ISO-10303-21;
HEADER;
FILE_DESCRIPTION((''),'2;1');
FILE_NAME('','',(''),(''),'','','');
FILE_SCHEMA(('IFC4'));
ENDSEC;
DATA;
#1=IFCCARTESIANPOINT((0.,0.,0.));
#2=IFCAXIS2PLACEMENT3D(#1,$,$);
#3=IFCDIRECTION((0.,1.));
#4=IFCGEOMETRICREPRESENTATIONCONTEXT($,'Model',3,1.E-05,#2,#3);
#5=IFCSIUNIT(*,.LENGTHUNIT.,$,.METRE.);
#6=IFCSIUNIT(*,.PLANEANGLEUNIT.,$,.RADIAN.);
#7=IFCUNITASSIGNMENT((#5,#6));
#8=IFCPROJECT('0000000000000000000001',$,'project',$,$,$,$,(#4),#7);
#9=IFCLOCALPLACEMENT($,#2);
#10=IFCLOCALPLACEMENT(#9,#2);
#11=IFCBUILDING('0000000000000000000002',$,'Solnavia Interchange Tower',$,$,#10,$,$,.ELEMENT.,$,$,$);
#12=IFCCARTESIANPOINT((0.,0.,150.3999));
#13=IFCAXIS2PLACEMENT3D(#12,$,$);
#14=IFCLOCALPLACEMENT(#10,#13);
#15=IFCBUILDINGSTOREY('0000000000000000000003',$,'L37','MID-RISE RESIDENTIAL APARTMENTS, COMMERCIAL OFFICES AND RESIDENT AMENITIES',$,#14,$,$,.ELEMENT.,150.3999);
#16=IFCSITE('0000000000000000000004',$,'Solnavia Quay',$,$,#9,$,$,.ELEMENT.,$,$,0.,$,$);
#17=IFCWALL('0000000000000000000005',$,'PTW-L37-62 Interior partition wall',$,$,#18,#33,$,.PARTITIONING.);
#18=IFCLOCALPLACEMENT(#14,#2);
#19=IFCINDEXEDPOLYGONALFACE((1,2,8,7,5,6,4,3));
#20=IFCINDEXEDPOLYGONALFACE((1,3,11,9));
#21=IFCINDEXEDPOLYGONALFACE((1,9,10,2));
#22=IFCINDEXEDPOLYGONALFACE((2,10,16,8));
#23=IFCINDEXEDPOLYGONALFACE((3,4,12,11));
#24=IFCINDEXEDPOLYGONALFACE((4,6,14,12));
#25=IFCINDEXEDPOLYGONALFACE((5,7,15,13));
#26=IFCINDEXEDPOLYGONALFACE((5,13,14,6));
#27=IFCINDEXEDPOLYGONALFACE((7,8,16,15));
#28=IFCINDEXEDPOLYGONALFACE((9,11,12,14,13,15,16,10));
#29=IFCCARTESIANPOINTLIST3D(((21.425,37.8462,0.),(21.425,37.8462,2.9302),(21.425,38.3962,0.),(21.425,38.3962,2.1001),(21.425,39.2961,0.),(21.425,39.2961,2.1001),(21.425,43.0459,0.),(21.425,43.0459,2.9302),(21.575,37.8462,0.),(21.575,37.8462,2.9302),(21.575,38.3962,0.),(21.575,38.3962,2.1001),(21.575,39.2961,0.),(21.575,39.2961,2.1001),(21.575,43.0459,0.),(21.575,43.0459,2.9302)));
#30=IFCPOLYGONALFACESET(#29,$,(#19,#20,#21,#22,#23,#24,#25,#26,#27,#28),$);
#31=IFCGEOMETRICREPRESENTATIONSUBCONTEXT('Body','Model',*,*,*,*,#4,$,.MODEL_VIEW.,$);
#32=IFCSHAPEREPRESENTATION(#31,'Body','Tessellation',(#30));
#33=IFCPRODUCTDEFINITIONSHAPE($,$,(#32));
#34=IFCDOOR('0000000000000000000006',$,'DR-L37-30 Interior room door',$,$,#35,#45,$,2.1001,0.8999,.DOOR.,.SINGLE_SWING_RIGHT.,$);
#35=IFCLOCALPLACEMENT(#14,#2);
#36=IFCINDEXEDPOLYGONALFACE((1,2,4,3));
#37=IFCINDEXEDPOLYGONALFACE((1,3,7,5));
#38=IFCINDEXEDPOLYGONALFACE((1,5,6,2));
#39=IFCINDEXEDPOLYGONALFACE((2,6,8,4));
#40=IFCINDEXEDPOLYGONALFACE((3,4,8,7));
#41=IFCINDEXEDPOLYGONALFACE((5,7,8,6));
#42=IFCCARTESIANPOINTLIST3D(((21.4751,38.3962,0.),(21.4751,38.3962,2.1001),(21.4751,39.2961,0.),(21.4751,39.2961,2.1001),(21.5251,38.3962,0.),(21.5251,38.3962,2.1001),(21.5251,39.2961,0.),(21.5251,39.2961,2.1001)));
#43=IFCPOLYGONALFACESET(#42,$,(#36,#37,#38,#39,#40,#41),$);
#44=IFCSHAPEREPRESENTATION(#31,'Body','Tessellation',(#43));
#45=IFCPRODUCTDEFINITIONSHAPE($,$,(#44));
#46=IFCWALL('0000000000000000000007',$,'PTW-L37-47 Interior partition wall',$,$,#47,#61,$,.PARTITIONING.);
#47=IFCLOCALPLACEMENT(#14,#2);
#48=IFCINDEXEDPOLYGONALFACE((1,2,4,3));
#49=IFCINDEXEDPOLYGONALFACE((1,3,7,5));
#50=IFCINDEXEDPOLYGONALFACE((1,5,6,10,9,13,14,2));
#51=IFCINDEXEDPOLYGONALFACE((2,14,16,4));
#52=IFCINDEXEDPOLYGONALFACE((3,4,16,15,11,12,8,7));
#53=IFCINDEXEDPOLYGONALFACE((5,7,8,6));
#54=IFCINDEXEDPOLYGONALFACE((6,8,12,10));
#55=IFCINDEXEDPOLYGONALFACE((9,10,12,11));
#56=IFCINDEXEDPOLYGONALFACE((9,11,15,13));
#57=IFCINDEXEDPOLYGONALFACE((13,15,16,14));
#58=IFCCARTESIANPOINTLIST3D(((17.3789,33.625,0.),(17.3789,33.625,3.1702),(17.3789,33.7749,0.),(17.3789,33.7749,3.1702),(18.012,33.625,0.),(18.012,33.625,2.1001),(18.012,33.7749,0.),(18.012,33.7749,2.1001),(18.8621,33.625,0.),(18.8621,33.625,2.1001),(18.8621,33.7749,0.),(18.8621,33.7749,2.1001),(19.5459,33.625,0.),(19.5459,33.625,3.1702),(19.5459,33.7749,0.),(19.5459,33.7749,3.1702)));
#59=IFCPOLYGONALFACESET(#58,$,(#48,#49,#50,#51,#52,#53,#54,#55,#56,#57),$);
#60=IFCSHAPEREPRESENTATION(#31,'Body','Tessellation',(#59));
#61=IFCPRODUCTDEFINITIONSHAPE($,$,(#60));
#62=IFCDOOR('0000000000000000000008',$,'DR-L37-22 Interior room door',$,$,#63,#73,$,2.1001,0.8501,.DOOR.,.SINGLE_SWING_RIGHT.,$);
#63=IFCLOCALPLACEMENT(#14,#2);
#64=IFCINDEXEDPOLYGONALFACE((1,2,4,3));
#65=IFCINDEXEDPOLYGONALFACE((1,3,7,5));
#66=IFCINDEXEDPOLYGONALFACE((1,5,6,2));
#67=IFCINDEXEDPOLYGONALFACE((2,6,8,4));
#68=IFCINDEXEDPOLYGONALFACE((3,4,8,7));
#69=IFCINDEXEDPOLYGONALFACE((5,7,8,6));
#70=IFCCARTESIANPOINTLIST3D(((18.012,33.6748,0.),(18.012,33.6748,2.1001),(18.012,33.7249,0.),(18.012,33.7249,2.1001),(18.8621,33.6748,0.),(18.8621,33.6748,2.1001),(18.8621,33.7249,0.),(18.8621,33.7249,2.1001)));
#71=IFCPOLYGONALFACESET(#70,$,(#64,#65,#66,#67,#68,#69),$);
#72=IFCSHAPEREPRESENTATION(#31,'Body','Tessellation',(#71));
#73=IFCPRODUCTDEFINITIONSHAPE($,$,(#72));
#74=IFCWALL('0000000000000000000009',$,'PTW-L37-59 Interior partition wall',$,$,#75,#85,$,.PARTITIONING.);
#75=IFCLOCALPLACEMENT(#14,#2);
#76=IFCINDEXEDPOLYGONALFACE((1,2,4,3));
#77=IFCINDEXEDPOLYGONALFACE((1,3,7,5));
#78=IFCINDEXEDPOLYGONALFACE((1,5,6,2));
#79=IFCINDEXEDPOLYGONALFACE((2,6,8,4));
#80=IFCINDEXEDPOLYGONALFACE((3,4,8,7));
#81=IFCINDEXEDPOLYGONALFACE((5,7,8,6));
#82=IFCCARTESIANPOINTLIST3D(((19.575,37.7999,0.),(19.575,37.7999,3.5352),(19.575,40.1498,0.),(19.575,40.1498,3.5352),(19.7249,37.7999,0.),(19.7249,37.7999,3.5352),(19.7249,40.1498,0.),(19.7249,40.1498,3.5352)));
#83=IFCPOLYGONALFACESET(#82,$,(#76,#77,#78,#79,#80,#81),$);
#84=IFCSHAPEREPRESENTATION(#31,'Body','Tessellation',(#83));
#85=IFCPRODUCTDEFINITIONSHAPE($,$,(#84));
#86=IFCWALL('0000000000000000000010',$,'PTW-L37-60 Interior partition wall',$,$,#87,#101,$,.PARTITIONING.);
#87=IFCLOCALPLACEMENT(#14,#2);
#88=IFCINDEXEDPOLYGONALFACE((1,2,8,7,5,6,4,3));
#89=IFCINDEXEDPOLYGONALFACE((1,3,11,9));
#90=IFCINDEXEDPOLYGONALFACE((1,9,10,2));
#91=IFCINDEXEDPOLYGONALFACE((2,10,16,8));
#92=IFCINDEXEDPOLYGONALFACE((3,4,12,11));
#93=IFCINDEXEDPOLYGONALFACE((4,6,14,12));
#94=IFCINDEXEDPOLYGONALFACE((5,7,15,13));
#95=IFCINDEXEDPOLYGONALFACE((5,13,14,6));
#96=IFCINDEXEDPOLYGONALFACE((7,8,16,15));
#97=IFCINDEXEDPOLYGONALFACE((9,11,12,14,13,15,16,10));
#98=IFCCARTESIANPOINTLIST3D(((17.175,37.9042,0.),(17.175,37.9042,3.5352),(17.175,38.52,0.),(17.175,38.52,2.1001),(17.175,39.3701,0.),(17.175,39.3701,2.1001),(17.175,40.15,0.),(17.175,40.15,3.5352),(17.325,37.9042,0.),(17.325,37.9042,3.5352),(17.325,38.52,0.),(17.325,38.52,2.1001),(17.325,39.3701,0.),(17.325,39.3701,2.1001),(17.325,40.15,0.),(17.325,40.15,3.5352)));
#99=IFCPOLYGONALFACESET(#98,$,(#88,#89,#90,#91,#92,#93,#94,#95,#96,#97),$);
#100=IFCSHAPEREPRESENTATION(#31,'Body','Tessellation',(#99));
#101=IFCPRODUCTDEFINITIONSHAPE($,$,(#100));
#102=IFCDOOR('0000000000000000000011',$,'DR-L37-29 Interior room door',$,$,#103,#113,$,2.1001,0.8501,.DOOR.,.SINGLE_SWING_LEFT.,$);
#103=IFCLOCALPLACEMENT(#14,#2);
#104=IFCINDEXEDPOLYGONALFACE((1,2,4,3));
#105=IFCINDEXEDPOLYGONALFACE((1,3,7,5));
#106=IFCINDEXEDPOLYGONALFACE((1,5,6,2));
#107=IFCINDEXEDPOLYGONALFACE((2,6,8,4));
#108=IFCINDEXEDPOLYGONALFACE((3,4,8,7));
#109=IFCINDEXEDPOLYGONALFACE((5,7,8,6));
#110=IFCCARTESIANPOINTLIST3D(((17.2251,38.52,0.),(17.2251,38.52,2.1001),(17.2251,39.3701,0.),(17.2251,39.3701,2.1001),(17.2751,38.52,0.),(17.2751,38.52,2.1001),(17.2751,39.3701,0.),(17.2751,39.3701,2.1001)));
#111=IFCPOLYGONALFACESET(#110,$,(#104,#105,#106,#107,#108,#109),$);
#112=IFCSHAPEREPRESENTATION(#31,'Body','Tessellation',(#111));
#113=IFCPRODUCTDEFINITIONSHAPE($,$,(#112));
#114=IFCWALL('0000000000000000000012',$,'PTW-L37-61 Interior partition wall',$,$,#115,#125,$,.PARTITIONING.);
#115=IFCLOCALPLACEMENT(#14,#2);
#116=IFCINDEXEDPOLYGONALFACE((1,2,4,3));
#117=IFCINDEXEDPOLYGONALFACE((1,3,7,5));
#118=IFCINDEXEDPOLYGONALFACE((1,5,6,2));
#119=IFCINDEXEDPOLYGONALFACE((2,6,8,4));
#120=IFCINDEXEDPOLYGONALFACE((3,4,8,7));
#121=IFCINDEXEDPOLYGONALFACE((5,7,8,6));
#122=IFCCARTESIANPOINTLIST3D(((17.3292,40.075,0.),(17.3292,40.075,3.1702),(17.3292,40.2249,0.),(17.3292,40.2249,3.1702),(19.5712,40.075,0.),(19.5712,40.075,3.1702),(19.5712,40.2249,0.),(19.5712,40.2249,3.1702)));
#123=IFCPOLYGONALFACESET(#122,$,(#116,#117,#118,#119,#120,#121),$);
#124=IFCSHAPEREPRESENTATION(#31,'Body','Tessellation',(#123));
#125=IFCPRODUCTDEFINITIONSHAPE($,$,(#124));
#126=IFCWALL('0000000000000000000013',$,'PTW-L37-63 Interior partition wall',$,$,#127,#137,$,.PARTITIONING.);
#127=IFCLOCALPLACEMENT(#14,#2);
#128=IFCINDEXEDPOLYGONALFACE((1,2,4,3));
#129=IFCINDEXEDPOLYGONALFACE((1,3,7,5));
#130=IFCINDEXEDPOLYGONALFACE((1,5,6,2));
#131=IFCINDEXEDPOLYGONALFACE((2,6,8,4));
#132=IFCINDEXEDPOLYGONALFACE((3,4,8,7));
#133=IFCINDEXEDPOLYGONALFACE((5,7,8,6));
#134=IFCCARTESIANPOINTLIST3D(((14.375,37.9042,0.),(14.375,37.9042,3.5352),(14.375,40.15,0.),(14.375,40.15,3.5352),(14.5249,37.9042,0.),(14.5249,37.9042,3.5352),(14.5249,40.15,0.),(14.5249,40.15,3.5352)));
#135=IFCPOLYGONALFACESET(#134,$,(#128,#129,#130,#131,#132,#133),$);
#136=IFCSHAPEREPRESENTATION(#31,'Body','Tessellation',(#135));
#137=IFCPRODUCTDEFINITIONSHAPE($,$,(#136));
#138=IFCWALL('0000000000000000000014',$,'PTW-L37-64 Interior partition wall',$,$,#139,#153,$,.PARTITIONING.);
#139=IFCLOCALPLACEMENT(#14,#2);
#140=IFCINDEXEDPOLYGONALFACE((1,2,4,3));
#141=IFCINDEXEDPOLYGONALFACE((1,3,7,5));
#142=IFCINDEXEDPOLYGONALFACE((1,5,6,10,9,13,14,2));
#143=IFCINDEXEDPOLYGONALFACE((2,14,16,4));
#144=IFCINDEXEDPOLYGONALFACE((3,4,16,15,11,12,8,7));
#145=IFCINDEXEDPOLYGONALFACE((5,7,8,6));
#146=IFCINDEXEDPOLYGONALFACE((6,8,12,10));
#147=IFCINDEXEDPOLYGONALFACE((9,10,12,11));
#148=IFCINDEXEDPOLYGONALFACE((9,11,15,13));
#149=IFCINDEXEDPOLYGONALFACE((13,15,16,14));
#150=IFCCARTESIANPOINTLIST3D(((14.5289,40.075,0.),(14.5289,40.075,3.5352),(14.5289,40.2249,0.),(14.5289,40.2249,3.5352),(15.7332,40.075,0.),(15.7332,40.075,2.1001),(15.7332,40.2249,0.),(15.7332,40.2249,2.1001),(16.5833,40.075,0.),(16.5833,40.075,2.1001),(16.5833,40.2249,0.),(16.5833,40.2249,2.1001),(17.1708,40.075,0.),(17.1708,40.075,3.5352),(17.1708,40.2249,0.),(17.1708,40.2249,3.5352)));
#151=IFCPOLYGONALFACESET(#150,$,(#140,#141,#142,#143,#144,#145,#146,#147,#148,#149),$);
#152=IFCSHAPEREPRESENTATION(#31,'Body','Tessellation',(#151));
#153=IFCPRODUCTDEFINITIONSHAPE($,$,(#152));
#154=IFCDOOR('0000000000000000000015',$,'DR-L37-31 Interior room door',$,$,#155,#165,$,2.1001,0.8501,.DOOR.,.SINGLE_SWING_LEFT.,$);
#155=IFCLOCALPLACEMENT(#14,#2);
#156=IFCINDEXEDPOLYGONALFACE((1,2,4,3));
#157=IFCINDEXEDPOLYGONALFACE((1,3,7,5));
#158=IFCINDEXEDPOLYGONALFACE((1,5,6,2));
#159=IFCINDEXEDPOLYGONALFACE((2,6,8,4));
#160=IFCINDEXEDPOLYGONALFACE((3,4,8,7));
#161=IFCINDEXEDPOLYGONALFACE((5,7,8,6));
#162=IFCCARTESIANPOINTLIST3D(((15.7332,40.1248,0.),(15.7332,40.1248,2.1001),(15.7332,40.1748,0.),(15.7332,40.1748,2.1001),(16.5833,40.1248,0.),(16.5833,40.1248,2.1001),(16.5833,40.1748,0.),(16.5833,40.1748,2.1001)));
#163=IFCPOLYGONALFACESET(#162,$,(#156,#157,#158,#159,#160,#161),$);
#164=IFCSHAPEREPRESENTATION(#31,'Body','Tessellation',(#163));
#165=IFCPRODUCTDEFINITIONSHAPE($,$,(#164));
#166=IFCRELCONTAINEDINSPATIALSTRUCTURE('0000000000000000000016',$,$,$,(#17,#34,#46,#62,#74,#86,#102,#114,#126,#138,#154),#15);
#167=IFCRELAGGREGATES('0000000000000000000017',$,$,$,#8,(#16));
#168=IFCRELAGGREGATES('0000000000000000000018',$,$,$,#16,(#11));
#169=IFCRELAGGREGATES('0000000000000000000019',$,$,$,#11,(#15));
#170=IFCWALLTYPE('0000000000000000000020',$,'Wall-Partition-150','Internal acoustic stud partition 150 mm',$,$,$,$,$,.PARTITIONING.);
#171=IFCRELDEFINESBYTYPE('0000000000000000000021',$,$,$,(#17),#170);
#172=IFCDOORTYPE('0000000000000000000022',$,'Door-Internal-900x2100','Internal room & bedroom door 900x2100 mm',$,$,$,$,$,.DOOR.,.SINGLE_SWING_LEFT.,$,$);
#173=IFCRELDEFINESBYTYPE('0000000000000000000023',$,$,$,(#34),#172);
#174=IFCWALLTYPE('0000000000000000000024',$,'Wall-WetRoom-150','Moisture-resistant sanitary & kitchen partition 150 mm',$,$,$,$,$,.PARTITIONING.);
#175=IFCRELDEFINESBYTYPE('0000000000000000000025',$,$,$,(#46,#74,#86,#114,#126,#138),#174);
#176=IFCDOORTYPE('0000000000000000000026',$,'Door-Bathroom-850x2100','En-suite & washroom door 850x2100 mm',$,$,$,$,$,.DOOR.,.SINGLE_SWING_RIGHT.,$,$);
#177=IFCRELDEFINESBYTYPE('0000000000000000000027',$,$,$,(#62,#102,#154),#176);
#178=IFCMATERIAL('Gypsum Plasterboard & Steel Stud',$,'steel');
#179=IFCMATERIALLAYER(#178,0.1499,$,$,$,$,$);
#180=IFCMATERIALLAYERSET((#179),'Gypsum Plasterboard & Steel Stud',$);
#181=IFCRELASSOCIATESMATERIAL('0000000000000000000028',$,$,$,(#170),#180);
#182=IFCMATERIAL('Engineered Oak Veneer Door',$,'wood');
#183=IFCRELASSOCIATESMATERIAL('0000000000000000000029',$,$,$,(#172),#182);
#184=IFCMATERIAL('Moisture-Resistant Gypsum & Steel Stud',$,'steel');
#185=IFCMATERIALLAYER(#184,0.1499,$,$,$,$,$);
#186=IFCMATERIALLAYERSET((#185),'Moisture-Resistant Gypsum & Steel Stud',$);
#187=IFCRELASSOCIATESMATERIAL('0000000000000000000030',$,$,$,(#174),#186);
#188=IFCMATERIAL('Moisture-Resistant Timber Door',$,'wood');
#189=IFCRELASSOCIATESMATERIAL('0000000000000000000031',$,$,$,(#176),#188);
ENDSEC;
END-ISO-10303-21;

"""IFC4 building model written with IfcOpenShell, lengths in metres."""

from ifc_helpers import new_model, si_unit, direction, frame, frame_2d, origin, place, context, subcontext, project, spatial, rectangle, extrude, material, layer, layer_set, type_object, element, fill, save


model = new_model("IFC4")

# Units and contexts
model_context = context("Model", 3, precision=1e-05, world=origin(), true_north=direction((0.0, 1.0)))
body_context = subcontext(model_context, "Body", "Model", "MODEL_VIEW")
ifc_project = project(units=[si_unit("LENGTHUNIT", "METRE"), si_unit("PLANEANGLEUNIT", "RADIAN")], contexts=[model_context])

# Site, building, storey
site_placement = place(None, origin())
site = spatial("IfcSite", under=ifc_project, at=site_placement, Name="Solnavia Quay", CompositionType="ELEMENT", RefElevation=0.0)
building_placement = place(site_placement, origin())
building = spatial("IfcBuilding", under=site, at=building_placement, Name="Solnavia Interchange Tower", CompositionType="ELEMENT")
storey_placement = place(building_placement, frame((0.0, 0.0, 150.3999)))
storey = spatial("IfcBuildingStorey", under=building, at=storey_placement, Name="L37", Description="MID-RISE RESIDENTIAL APARTMENTS, COMMERCIAL OFFICES AND RESIDENT AMENITIES", CompositionType="ELEMENT", Elevation=150.3999)

# Walls, openings, doors
ifc_material_1 = material(Name="Gypsum Plasterboard & Steel Stud", Category="steel")
ifc_layer_1 = layer(ifc_material_1, 0.1499)
ifc_layer_set_1 = layer_set([ifc_layer_1], Name="Gypsum Plasterboard & Steel Stud")
wall_type_1 = type_object("IfcWallType", Name="Wall-Partition-150", Description="Internal acoustic stud partition 150 mm", PredefinedType="PARTITIONING", material=ifc_layer_set_1)
wall_1_placement = place(storey_placement, frame((21.5, 37.8462, 0.0), z_axis=(0.0, 0.0, 1.0), x_axis=(0.0, 1.0, 0.0)))
wall_1 = element("IfcWall", 1, at=wall_1_placement, inside=storey, type_object=wall_type_1, Name="PTW-L37-62 Interior partition wall", PredefinedType="PARTITIONING", context=body_context, shape_type="SweptSolid", body=[
    extrude(rectangle(XDim=5.1997, YDim=0.1499, at=frame_2d((2.5999, 0.0))), origin(), (0.0, 0.0, 1.0), 2.9302),
])
opening_1_placement = place(wall_1_placement, frame((0.55, 0.0, 0.0)))
opening_1 = element("IfcOpeningElement", 2, at=opening_1_placement, cuts=wall_1, PredefinedType="OPENING", context=body_context, shape_type="SweptSolid", body=[
    extrude(rectangle(XDim=0.8999, YDim=2.1001, at=frame_2d((0.45, 1.05))), frame((0.0, 0.085, 0.0), z_axis=(0.0, -1.0, 0.0), x_axis=(1.0, 0.0, 0.0)), (0.0, 0.0, 1.0), 0.1699),
])
ifc_material_2 = material(Name="Engineered Oak Veneer Door", Category="wood")
door_type_1 = type_object("IfcDoorType", Name="Door-Internal-900x2100", Description="Internal room & bedroom door 900x2100 mm", OperationType="SINGLE_SWING_LEFT", PredefinedType="DOOR", material=ifc_material_2)
door_1_placement = place(opening_1_placement, origin())
door_1 = element("IfcDoor", 3, at=door_1_placement, inside=storey, type_object=door_type_1, Name="DR-L37-30 Interior room door", OperationType="SINGLE_SWING_RIGHT", OverallHeight=2.1001, OverallWidth=0.8999, PredefinedType="DOOR", context=body_context, shape_type="SweptSolid", body=[
    extrude(rectangle(XDim=0.8999, YDim=2.1001, at=frame_2d((0.45, 1.05))), frame((0.0, 0.0249, 0.0), z_axis=(0.0, -1.0, 0.0), x_axis=(1.0, 0.0, 0.0)), (0.0, 0.0, 1.0), 0.05),
])
fill(opening_1, door_1)
ifc_material_3 = material(Name="Moisture-Resistant Gypsum & Steel Stud", Category="steel")
ifc_layer_2 = layer(ifc_material_3, 0.1499)
ifc_layer_set_2 = layer_set([ifc_layer_2], Name="Moisture-Resistant Gypsum & Steel Stud")
wall_type_2 = type_object("IfcWallType", Name="Wall-WetRoom-150", Description="Moisture-resistant sanitary & kitchen partition 150 mm", PredefinedType="PARTITIONING", material=ifc_layer_set_2)
wall_2_placement = place(storey_placement, frame((17.3789, 33.7, 0.0), z_axis=(0.0, 0.0, 1.0), x_axis=(1.0, 0.0, 0.0)))
wall_2 = element("IfcWall", 4, at=wall_2_placement, inside=storey, type_object=wall_type_2, Name="PTW-L37-47 Interior partition wall", PredefinedType="PARTITIONING", context=body_context, shape_type="SweptSolid", body=[
    extrude(rectangle(XDim=2.167, YDim=0.1499, at=frame_2d((1.0835, 0.0))), origin(), (0.0, 0.0, 1.0), 3.1702),
])
opening_2_placement = place(wall_2_placement, frame((0.6331, 0.0, 0.0)))
opening_2 = element("IfcOpeningElement", 5, at=opening_2_placement, cuts=wall_2, PredefinedType="OPENING", context=body_context, shape_type="SweptSolid", body=[
    extrude(rectangle(XDim=0.8501, YDim=2.1001, at=frame_2d((0.425, 1.05))), frame((0.0, 0.085, 0.0), z_axis=(0.0, -1.0, 0.0), x_axis=(1.0, 0.0, 0.0)), (0.0, 0.0, 1.0), 0.1699),
])
ifc_material_4 = material(Name="Moisture-Resistant Timber Door", Category="wood")
door_type_2 = type_object("IfcDoorType", Name="Door-Bathroom-850x2100", Description="En-suite & washroom door 850x2100 mm", OperationType="SINGLE_SWING_RIGHT", PredefinedType="DOOR", material=ifc_material_4)
door_2_placement = place(opening_2_placement, origin())
door_2 = element("IfcDoor", 6, at=door_2_placement, inside=storey, type_object=door_type_2, Name="DR-L37-22 Interior room door", OperationType="SINGLE_SWING_RIGHT", OverallHeight=2.1001, OverallWidth=0.8501, PredefinedType="DOOR", context=body_context, shape_type="SweptSolid", body=[
    extrude(rectangle(XDim=0.8501, YDim=2.1001, at=frame_2d((0.425, 1.05))), frame((0.0, 0.0249, 0.0), z_axis=(0.0, -1.0, 0.0), x_axis=(1.0, 0.0, 0.0)), (0.0, 0.0, 1.0), 0.05),
])
fill(opening_2, door_2)

# Wall
wall_3_placement = place(storey_placement, frame((19.6499, 37.8, 0.0), z_axis=(0.0, 0.0, 1.0), x_axis=(0.0, 1.0, 0.0)))
element("IfcWall", 7, at=wall_3_placement, inside=storey, type_object=wall_type_2, Name="PTW-L37-59 Interior partition wall", PredefinedType="PARTITIONING", context=body_context, shape_type="SweptSolid", body=[
    extrude(rectangle(XDim=2.3499, YDim=0.1499, at=frame_2d((1.1748, 0.0))), origin(), (0.0, 0.0, 1.0), 3.5352),
])

# Wall, opening, door
wall_4_placement = place(storey_placement, frame((17.25, 37.9041, 0.0), z_axis=(0.0, 0.0, 1.0), x_axis=(0.0, 1.0, 0.0)))
wall_4 = element("IfcWall", 8, at=wall_4_placement, inside=storey, type_object=wall_type_2, Name="PTW-L37-60 Interior partition wall", PredefinedType="PARTITIONING", context=body_context, shape_type="SweptSolid", body=[
    extrude(rectangle(XDim=2.2458, YDim=0.1499, at=frame_2d((1.123, 0.0))), origin(), (0.0, 0.0, 1.0), 3.5352),
])
opening_3_placement = place(wall_4_placement, frame((0.616, 0.0, 0.0)))
opening_3 = element("IfcOpeningElement", 9, at=opening_3_placement, cuts=wall_4, PredefinedType="OPENING", context=body_context, shape_type="SweptSolid", body=[
    extrude(rectangle(XDim=0.8501, YDim=2.1001, at=frame_2d((0.425, 1.05))), frame((0.0, 0.085, 0.0), z_axis=(0.0, -1.0, 0.0), x_axis=(1.0, 0.0, 0.0)), (0.0, 0.0, 1.0), 0.1699),
])
door_3_placement = place(opening_3_placement, origin())
door_3 = element("IfcDoor", 10, at=door_3_placement, inside=storey, type_object=door_type_2, Name="DR-L37-29 Interior room door", OperationType="SINGLE_SWING_LEFT", OverallHeight=2.1001, OverallWidth=0.8501, PredefinedType="DOOR", context=body_context, shape_type="SweptSolid", body=[
    extrude(rectangle(XDim=0.8501, YDim=2.1001, at=frame_2d((0.425, 1.05))), frame((0.0, 0.0249, 0.0), z_axis=(0.0, -1.0, 0.0), x_axis=(1.0, 0.0, 0.0)), (0.0, 0.0, 1.0), 0.05),
])
fill(opening_3, door_3)

# Walls
wall_5_placement = place(storey_placement, frame((17.3291, 40.1499, 0.0), z_axis=(0.0, 0.0, 1.0), x_axis=(1.0, 0.0, 0.0)))
element("IfcWall", 11, at=wall_5_placement, inside=storey, type_object=wall_type_2, Name="PTW-L37-61 Interior partition wall", PredefinedType="PARTITIONING", context=body_context, shape_type="SweptSolid", body=[
    extrude(rectangle(XDim=2.2419, YDim=0.1499, at=frame_2d((1.1211, 0.0))), origin(), (0.0, 0.0, 1.0), 3.1702),
])
wall_6_placement = place(storey_placement, frame((14.45, 37.9041, 0.0), z_axis=(0.0, 0.0, 1.0), x_axis=(0.0, 1.0, 0.0)))
element("IfcWall", 12, at=wall_6_placement, inside=storey, type_object=wall_type_2, Name="PTW-L37-63 Interior partition wall", PredefinedType="PARTITIONING", context=body_context, shape_type="SweptSolid", body=[
    extrude(rectangle(XDim=2.2458, YDim=0.1499, at=frame_2d((1.123, 0.0))), origin(), (0.0, 0.0, 1.0), 3.5352),
])

# Wall, opening, door
wall_7_placement = place(storey_placement, frame((14.5291, 40.1499, 0.0), z_axis=(0.0, 0.0, 1.0), x_axis=(1.0, 0.0, 0.0)))
wall_7 = element("IfcWall", 13, at=wall_7_placement, inside=storey, type_object=wall_type_2, Name="PTW-L37-64 Interior partition wall", PredefinedType="PARTITIONING", context=body_context, shape_type="SweptSolid", body=[
    extrude(rectangle(XDim=2.6418, YDim=0.1499, at=frame_2d((1.3208, 0.0))), origin(), (0.0, 0.0, 1.0), 3.5352),
])
opening_4_placement = place(wall_7_placement, frame((1.2041, 0.0, 0.0)))
opening_4 = element("IfcOpeningElement", 14, at=opening_4_placement, cuts=wall_7, PredefinedType="OPENING", context=body_context, shape_type="SweptSolid", body=[
    extrude(rectangle(XDim=0.8501, YDim=2.1001, at=frame_2d((0.425, 1.05))), frame((0.0, 0.085, 0.0), z_axis=(0.0, -1.0, 0.0), x_axis=(1.0, 0.0, 0.0)), (0.0, 0.0, 1.0), 0.1699),
])
door_4_placement = place(opening_4_placement, origin())
door_4 = element("IfcDoor", 15, at=door_4_placement, inside=storey, type_object=door_type_2, Name="DR-L37-31 Interior room door", OperationType="SINGLE_SWING_LEFT", OverallHeight=2.1001, OverallWidth=0.8501, PredefinedType="DOOR", context=body_context, shape_type="SweptSolid", body=[
    extrude(rectangle(XDim=0.8501, YDim=2.1001, at=frame_2d((0.425, 1.05))), frame((0.0, 0.0249, 0.0), z_axis=(0.0, -1.0, 0.0), x_axis=(1.0, 0.0, 0.0)), (0.0, 0.0, 1.0), 0.05),
])
fill(opening_4, door_4)

save(model, "model.ifc")
